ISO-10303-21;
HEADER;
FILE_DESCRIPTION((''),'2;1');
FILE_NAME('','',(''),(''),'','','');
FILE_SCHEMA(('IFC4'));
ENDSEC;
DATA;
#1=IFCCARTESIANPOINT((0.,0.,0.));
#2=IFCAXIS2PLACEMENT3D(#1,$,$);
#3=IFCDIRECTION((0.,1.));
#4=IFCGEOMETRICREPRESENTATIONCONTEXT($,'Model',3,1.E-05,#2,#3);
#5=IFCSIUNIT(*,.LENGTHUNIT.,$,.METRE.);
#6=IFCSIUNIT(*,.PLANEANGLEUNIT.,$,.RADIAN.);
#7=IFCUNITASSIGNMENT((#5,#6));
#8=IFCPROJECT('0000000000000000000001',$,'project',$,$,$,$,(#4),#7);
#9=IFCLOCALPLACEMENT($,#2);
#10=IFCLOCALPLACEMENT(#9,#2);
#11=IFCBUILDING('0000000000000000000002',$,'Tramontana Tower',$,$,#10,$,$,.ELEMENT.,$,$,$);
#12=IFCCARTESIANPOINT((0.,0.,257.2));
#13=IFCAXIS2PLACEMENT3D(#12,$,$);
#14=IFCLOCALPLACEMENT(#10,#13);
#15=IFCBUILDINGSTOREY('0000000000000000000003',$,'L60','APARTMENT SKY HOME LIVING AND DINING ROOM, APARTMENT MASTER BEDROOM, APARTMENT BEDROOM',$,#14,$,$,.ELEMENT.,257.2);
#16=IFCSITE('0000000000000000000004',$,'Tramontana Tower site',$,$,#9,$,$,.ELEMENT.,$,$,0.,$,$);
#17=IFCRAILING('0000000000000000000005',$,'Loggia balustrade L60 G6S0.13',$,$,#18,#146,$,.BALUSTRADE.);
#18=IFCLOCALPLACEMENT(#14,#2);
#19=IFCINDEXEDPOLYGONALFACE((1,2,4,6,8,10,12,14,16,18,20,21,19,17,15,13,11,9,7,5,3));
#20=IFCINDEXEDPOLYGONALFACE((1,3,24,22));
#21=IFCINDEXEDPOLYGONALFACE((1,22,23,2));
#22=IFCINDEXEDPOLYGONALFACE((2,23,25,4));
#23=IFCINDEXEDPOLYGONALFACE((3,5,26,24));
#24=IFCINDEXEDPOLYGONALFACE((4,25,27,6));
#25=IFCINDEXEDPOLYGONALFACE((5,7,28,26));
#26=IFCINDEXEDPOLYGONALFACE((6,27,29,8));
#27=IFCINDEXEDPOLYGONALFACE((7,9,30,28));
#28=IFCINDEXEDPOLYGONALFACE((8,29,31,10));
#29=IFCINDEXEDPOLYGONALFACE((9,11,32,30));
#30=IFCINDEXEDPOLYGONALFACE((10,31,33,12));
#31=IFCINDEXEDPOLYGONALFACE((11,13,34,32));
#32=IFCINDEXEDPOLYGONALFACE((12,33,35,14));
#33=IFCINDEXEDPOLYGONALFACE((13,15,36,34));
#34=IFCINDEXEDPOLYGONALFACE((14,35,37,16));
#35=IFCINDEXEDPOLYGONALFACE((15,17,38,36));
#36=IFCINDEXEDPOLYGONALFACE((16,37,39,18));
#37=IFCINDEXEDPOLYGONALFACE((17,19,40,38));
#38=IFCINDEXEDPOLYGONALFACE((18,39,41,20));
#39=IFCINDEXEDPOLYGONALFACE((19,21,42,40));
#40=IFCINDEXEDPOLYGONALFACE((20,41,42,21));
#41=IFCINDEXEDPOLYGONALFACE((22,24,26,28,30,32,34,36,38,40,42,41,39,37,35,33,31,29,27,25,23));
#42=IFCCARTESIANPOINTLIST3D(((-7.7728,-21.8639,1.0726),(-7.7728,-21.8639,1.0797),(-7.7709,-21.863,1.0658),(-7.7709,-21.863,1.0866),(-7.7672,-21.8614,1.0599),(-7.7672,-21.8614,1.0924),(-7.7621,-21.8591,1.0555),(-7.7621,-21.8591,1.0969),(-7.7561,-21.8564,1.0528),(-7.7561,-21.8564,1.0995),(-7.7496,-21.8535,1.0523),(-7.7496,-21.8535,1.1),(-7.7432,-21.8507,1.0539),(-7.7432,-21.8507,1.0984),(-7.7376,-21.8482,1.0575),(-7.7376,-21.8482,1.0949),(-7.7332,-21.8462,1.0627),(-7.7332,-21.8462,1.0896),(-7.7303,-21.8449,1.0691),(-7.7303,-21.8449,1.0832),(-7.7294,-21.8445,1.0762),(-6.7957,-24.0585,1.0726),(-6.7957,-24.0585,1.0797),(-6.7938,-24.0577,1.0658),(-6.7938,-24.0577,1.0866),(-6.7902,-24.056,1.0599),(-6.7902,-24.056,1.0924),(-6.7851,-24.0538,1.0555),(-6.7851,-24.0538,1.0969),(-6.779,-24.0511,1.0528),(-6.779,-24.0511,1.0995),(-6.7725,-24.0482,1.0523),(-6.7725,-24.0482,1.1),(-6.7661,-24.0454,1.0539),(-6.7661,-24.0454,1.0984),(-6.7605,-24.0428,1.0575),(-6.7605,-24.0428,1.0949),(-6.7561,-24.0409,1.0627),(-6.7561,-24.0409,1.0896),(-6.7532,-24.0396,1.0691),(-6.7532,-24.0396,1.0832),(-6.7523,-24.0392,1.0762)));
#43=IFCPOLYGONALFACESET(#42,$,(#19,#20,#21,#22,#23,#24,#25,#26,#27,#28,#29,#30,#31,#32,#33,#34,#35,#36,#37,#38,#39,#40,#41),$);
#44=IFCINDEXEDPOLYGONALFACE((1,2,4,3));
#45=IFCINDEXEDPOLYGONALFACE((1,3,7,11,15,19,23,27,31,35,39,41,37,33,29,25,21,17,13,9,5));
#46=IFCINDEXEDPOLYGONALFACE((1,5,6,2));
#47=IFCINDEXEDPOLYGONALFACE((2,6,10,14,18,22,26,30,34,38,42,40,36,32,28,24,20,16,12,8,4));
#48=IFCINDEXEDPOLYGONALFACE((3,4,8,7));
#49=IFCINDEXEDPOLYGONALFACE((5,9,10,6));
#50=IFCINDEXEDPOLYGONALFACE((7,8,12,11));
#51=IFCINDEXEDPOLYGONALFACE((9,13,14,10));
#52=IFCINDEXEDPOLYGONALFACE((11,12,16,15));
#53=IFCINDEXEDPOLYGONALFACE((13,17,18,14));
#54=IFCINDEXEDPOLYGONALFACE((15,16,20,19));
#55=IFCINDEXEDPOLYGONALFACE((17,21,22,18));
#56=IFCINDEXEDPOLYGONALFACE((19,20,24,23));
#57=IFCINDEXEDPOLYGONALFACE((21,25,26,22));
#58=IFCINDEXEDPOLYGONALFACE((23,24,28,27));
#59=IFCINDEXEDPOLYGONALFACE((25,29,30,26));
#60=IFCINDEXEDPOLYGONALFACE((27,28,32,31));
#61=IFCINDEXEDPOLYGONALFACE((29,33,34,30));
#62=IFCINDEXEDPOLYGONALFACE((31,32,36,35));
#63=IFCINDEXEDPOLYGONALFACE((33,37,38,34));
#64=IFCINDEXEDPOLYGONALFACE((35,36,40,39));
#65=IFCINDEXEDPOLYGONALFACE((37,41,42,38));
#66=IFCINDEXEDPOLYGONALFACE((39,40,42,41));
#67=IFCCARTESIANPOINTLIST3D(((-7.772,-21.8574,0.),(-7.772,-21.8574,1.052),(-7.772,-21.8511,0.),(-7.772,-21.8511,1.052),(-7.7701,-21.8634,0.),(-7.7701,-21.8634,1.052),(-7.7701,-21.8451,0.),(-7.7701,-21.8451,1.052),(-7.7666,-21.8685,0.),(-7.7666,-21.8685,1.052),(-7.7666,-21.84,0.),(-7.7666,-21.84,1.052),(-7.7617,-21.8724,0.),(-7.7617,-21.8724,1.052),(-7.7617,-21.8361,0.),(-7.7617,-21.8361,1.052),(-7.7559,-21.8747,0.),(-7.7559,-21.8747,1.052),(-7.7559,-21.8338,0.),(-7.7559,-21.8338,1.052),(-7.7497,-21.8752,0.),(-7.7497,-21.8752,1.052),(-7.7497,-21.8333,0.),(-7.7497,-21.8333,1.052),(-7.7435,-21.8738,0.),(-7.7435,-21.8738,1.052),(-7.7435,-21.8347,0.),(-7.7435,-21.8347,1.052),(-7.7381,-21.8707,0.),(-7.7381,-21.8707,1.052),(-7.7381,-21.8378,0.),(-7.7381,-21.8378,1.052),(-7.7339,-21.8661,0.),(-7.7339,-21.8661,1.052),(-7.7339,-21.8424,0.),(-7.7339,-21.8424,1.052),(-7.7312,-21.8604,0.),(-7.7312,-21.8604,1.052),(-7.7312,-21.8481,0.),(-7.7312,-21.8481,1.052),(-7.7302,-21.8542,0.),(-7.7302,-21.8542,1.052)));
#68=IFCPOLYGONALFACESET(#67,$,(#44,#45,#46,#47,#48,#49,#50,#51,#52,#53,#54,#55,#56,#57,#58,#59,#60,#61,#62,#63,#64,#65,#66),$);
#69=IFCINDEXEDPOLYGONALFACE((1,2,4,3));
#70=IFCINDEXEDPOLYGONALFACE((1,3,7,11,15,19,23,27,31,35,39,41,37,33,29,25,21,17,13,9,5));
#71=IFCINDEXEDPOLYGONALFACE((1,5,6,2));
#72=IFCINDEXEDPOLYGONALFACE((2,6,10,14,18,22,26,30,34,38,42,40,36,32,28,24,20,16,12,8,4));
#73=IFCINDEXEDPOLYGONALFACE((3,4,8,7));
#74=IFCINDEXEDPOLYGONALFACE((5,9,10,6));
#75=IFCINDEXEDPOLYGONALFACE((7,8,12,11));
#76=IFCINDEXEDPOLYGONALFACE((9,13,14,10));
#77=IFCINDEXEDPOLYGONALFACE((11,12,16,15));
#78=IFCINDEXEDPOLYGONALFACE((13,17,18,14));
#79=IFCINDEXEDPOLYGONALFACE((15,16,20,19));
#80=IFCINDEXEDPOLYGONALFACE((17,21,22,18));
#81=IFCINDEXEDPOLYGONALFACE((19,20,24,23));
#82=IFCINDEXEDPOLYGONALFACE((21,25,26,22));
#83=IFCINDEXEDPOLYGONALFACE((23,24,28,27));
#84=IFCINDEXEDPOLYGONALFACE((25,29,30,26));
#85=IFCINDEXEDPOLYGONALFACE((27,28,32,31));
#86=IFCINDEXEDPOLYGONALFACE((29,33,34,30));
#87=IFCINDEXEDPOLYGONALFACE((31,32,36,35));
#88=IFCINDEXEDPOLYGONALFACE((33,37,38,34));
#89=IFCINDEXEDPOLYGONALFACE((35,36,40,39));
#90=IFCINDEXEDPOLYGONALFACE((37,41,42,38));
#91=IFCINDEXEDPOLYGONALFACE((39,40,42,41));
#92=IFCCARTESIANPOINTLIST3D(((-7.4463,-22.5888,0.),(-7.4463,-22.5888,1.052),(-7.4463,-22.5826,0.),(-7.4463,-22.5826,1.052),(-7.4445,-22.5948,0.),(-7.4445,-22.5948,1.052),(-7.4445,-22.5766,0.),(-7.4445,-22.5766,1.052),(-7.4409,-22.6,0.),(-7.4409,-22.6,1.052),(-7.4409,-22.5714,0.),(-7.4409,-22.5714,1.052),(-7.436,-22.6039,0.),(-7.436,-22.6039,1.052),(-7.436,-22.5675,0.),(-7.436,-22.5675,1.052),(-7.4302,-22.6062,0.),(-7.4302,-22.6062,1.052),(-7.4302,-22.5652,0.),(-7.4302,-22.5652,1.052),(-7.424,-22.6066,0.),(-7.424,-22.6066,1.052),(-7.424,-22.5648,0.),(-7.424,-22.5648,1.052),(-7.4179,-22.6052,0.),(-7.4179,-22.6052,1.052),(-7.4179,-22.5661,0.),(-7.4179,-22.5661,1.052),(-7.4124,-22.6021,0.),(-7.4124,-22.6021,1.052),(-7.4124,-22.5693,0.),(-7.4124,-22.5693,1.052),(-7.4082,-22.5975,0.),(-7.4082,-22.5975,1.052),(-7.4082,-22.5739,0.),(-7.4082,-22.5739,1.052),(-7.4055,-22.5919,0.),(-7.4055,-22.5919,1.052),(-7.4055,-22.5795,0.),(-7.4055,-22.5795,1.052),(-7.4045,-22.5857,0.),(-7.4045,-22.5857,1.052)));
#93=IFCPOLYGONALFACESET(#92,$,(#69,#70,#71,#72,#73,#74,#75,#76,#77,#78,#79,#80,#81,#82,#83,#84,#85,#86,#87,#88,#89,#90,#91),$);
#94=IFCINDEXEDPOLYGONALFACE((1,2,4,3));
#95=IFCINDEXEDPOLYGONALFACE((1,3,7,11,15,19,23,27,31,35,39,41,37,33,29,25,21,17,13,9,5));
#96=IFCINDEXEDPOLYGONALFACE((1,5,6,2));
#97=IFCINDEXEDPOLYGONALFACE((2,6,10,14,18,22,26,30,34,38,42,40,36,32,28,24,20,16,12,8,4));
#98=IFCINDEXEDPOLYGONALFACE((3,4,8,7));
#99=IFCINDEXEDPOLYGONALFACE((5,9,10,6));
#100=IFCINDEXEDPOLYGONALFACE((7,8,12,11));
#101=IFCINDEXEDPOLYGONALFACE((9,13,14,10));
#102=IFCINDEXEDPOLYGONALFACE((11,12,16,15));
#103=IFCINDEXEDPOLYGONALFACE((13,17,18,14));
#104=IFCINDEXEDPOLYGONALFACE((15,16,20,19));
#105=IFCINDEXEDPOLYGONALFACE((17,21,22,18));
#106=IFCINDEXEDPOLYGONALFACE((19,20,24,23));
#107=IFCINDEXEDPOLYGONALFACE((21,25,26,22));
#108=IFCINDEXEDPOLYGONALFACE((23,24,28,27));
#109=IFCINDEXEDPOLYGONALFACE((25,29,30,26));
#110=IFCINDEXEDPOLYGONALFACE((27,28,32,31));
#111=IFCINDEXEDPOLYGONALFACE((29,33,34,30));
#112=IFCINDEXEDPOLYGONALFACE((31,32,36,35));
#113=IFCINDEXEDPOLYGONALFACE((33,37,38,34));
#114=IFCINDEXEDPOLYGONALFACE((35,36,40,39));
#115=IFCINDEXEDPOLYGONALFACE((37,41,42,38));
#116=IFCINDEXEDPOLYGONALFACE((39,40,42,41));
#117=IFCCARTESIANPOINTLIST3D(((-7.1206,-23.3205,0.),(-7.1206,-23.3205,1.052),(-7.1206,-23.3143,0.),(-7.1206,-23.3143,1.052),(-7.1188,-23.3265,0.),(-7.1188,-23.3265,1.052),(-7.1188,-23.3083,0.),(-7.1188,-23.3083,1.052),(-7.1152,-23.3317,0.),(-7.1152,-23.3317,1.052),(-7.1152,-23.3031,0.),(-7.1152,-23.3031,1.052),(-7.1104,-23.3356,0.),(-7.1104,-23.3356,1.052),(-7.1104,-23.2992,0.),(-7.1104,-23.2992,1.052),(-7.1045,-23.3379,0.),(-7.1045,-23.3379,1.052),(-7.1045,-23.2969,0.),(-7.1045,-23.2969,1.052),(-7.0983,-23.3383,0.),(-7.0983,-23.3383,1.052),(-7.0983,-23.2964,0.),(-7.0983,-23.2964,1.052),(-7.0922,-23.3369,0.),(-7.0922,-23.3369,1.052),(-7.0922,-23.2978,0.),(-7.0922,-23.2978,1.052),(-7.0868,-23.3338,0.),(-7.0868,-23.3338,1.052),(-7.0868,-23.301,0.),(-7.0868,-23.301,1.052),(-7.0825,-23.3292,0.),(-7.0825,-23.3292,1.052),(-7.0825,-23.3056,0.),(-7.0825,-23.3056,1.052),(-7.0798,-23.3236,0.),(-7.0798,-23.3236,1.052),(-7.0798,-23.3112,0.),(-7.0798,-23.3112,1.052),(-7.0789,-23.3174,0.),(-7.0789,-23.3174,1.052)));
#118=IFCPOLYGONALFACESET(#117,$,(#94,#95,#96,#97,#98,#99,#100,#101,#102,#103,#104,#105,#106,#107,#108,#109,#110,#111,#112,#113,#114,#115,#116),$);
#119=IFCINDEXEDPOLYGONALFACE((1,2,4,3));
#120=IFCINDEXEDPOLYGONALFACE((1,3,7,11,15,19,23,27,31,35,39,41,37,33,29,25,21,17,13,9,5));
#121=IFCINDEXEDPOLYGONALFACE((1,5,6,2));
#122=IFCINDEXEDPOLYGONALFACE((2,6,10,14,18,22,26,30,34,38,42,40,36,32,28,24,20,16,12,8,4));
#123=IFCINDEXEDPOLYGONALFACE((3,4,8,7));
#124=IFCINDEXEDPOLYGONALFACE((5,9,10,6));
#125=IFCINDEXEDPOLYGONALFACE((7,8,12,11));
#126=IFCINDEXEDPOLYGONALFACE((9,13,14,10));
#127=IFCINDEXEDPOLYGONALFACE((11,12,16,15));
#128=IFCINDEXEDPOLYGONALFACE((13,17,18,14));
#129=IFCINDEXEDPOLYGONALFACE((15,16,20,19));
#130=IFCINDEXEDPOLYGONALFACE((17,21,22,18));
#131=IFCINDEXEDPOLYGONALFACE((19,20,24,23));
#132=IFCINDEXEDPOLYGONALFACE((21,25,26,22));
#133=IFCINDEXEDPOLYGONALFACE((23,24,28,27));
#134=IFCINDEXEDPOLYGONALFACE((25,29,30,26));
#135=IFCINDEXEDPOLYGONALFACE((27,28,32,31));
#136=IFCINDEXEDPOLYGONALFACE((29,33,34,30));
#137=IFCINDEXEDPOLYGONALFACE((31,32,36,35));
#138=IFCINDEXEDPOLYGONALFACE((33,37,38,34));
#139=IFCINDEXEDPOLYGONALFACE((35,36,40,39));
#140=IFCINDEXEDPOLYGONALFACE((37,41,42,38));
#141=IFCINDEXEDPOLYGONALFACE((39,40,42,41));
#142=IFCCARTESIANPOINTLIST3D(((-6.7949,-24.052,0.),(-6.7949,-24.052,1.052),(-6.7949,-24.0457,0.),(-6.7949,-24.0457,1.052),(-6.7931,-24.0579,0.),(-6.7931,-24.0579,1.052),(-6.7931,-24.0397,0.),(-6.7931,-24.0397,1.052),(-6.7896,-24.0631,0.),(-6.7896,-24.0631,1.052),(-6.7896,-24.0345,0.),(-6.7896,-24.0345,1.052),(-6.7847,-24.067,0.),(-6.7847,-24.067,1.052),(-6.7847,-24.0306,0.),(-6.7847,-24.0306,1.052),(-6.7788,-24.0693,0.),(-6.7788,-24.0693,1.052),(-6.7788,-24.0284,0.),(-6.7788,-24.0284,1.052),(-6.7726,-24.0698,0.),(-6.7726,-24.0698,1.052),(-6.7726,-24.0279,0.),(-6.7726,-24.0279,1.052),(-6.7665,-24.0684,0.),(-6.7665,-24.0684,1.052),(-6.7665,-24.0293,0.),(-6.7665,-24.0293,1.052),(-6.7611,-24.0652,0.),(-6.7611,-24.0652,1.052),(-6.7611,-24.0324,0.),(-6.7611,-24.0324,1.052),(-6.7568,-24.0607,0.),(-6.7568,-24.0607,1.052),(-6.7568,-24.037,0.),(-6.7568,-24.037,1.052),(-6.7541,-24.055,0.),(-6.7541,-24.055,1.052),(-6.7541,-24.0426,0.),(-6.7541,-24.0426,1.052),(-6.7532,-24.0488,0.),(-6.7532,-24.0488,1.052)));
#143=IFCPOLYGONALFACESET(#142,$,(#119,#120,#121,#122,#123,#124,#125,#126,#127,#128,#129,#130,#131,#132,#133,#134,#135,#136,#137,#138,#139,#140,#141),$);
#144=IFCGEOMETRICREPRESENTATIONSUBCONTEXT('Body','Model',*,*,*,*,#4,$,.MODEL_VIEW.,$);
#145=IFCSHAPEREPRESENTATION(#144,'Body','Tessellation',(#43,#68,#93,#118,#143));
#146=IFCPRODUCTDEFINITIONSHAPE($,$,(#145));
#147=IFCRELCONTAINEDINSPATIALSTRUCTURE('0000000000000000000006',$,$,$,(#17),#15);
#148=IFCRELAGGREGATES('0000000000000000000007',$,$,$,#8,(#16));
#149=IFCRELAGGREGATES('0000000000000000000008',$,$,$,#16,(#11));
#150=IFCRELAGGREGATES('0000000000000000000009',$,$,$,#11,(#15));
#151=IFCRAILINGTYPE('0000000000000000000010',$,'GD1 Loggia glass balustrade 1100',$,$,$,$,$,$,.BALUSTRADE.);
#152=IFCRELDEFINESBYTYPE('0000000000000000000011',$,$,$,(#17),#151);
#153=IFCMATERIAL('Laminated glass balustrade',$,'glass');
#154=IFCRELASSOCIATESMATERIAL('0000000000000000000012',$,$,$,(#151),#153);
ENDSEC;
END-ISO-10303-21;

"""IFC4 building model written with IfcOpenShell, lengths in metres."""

from ifc_helpers import new_model, si_unit, direction, frame, origin, origin_2d, place, context, subcontext, project, spatial, circle, extrude, material, type_object, element, save


model = new_model("IFC4")

# Units and contexts
model_context = context("Model", 3, precision=1e-05, world=origin(), true_north=direction((0.0, 1.0)))
body_context = subcontext(model_context, "Body", "Model", "MODEL_VIEW")
ifc_project = project(units=[si_unit("LENGTHUNIT", "METRE"), si_unit("PLANEANGLEUNIT", "RADIAN")], contexts=[model_context])

# Site, building, storey
site_placement = place(None, origin())
site = spatial("IfcSite", under=ifc_project, at=site_placement, Name="Tramontana Tower site", CompositionType="ELEMENT", RefElevation=0.0)
building_placement = place(site_placement, origin())
building = spatial("IfcBuilding", under=site, at=building_placement, Name="Tramontana Tower", CompositionType="ELEMENT")
storey_placement = place(building_placement, frame((0.0, 0.0, 257.2)))
storey = spatial("IfcBuildingStorey", under=building, at=storey_placement, Name="L60", Description="APARTMENT SKY HOME LIVING AND DINING ROOM, APARTMENT MASTER BEDROOM, APARTMENT BEDROOM", CompositionType="ELEMENT", Elevation=257.2)

# Railing
ifc_material_1 = material(Name="Laminated glass balustrade", Category="glass")
railing_type = type_object("IfcRailingType", Name="GD1 Loggia glass balustrade 1100", PredefinedType="BALUSTRADE", material=ifc_material_1)
railing_1_placement = place(storey_placement, frame((-7.7512, -21.8542, 0.0)))
element("IfcRailing", 1, at=railing_1_placement, inside=storey, type_object=railing_type, Name="Loggia balustrade L60 G6S0.13", PredefinedType="BALUSTRADE", context=body_context, shape_type="SweptSolid", body=[
    extrude(circle(Radius=0.0239, at=origin_2d()), frame((0.0, 0.0, 1.0762), z_axis=(0.406723, -0.913552, 0.0), x_axis=(0.913552, 0.406723, 0.0)), (0.0, 0.0, 1.0), 2.4023),
    extrude(circle(Radius=0.021, at=origin_2d()), origin(), (0.0, 0.0, 1.0), 1.052),
    extrude(circle(Radius=0.021, at=origin_2d()), frame((0.3257, -0.7314, 0.0)), (0.0, 0.0, 1.0), 1.052),
    extrude(circle(Radius=0.021, at=origin_2d()), frame((0.6514, -1.4631, 0.0)), (0.0, 0.0, 1.0), 1.052),
    extrude(circle(Radius=0.021, at=origin_2d()), frame((0.9771, -2.1946, 0.0)), (0.0, 0.0, 1.0), 1.052),
])

save(model, "model.ifc")
